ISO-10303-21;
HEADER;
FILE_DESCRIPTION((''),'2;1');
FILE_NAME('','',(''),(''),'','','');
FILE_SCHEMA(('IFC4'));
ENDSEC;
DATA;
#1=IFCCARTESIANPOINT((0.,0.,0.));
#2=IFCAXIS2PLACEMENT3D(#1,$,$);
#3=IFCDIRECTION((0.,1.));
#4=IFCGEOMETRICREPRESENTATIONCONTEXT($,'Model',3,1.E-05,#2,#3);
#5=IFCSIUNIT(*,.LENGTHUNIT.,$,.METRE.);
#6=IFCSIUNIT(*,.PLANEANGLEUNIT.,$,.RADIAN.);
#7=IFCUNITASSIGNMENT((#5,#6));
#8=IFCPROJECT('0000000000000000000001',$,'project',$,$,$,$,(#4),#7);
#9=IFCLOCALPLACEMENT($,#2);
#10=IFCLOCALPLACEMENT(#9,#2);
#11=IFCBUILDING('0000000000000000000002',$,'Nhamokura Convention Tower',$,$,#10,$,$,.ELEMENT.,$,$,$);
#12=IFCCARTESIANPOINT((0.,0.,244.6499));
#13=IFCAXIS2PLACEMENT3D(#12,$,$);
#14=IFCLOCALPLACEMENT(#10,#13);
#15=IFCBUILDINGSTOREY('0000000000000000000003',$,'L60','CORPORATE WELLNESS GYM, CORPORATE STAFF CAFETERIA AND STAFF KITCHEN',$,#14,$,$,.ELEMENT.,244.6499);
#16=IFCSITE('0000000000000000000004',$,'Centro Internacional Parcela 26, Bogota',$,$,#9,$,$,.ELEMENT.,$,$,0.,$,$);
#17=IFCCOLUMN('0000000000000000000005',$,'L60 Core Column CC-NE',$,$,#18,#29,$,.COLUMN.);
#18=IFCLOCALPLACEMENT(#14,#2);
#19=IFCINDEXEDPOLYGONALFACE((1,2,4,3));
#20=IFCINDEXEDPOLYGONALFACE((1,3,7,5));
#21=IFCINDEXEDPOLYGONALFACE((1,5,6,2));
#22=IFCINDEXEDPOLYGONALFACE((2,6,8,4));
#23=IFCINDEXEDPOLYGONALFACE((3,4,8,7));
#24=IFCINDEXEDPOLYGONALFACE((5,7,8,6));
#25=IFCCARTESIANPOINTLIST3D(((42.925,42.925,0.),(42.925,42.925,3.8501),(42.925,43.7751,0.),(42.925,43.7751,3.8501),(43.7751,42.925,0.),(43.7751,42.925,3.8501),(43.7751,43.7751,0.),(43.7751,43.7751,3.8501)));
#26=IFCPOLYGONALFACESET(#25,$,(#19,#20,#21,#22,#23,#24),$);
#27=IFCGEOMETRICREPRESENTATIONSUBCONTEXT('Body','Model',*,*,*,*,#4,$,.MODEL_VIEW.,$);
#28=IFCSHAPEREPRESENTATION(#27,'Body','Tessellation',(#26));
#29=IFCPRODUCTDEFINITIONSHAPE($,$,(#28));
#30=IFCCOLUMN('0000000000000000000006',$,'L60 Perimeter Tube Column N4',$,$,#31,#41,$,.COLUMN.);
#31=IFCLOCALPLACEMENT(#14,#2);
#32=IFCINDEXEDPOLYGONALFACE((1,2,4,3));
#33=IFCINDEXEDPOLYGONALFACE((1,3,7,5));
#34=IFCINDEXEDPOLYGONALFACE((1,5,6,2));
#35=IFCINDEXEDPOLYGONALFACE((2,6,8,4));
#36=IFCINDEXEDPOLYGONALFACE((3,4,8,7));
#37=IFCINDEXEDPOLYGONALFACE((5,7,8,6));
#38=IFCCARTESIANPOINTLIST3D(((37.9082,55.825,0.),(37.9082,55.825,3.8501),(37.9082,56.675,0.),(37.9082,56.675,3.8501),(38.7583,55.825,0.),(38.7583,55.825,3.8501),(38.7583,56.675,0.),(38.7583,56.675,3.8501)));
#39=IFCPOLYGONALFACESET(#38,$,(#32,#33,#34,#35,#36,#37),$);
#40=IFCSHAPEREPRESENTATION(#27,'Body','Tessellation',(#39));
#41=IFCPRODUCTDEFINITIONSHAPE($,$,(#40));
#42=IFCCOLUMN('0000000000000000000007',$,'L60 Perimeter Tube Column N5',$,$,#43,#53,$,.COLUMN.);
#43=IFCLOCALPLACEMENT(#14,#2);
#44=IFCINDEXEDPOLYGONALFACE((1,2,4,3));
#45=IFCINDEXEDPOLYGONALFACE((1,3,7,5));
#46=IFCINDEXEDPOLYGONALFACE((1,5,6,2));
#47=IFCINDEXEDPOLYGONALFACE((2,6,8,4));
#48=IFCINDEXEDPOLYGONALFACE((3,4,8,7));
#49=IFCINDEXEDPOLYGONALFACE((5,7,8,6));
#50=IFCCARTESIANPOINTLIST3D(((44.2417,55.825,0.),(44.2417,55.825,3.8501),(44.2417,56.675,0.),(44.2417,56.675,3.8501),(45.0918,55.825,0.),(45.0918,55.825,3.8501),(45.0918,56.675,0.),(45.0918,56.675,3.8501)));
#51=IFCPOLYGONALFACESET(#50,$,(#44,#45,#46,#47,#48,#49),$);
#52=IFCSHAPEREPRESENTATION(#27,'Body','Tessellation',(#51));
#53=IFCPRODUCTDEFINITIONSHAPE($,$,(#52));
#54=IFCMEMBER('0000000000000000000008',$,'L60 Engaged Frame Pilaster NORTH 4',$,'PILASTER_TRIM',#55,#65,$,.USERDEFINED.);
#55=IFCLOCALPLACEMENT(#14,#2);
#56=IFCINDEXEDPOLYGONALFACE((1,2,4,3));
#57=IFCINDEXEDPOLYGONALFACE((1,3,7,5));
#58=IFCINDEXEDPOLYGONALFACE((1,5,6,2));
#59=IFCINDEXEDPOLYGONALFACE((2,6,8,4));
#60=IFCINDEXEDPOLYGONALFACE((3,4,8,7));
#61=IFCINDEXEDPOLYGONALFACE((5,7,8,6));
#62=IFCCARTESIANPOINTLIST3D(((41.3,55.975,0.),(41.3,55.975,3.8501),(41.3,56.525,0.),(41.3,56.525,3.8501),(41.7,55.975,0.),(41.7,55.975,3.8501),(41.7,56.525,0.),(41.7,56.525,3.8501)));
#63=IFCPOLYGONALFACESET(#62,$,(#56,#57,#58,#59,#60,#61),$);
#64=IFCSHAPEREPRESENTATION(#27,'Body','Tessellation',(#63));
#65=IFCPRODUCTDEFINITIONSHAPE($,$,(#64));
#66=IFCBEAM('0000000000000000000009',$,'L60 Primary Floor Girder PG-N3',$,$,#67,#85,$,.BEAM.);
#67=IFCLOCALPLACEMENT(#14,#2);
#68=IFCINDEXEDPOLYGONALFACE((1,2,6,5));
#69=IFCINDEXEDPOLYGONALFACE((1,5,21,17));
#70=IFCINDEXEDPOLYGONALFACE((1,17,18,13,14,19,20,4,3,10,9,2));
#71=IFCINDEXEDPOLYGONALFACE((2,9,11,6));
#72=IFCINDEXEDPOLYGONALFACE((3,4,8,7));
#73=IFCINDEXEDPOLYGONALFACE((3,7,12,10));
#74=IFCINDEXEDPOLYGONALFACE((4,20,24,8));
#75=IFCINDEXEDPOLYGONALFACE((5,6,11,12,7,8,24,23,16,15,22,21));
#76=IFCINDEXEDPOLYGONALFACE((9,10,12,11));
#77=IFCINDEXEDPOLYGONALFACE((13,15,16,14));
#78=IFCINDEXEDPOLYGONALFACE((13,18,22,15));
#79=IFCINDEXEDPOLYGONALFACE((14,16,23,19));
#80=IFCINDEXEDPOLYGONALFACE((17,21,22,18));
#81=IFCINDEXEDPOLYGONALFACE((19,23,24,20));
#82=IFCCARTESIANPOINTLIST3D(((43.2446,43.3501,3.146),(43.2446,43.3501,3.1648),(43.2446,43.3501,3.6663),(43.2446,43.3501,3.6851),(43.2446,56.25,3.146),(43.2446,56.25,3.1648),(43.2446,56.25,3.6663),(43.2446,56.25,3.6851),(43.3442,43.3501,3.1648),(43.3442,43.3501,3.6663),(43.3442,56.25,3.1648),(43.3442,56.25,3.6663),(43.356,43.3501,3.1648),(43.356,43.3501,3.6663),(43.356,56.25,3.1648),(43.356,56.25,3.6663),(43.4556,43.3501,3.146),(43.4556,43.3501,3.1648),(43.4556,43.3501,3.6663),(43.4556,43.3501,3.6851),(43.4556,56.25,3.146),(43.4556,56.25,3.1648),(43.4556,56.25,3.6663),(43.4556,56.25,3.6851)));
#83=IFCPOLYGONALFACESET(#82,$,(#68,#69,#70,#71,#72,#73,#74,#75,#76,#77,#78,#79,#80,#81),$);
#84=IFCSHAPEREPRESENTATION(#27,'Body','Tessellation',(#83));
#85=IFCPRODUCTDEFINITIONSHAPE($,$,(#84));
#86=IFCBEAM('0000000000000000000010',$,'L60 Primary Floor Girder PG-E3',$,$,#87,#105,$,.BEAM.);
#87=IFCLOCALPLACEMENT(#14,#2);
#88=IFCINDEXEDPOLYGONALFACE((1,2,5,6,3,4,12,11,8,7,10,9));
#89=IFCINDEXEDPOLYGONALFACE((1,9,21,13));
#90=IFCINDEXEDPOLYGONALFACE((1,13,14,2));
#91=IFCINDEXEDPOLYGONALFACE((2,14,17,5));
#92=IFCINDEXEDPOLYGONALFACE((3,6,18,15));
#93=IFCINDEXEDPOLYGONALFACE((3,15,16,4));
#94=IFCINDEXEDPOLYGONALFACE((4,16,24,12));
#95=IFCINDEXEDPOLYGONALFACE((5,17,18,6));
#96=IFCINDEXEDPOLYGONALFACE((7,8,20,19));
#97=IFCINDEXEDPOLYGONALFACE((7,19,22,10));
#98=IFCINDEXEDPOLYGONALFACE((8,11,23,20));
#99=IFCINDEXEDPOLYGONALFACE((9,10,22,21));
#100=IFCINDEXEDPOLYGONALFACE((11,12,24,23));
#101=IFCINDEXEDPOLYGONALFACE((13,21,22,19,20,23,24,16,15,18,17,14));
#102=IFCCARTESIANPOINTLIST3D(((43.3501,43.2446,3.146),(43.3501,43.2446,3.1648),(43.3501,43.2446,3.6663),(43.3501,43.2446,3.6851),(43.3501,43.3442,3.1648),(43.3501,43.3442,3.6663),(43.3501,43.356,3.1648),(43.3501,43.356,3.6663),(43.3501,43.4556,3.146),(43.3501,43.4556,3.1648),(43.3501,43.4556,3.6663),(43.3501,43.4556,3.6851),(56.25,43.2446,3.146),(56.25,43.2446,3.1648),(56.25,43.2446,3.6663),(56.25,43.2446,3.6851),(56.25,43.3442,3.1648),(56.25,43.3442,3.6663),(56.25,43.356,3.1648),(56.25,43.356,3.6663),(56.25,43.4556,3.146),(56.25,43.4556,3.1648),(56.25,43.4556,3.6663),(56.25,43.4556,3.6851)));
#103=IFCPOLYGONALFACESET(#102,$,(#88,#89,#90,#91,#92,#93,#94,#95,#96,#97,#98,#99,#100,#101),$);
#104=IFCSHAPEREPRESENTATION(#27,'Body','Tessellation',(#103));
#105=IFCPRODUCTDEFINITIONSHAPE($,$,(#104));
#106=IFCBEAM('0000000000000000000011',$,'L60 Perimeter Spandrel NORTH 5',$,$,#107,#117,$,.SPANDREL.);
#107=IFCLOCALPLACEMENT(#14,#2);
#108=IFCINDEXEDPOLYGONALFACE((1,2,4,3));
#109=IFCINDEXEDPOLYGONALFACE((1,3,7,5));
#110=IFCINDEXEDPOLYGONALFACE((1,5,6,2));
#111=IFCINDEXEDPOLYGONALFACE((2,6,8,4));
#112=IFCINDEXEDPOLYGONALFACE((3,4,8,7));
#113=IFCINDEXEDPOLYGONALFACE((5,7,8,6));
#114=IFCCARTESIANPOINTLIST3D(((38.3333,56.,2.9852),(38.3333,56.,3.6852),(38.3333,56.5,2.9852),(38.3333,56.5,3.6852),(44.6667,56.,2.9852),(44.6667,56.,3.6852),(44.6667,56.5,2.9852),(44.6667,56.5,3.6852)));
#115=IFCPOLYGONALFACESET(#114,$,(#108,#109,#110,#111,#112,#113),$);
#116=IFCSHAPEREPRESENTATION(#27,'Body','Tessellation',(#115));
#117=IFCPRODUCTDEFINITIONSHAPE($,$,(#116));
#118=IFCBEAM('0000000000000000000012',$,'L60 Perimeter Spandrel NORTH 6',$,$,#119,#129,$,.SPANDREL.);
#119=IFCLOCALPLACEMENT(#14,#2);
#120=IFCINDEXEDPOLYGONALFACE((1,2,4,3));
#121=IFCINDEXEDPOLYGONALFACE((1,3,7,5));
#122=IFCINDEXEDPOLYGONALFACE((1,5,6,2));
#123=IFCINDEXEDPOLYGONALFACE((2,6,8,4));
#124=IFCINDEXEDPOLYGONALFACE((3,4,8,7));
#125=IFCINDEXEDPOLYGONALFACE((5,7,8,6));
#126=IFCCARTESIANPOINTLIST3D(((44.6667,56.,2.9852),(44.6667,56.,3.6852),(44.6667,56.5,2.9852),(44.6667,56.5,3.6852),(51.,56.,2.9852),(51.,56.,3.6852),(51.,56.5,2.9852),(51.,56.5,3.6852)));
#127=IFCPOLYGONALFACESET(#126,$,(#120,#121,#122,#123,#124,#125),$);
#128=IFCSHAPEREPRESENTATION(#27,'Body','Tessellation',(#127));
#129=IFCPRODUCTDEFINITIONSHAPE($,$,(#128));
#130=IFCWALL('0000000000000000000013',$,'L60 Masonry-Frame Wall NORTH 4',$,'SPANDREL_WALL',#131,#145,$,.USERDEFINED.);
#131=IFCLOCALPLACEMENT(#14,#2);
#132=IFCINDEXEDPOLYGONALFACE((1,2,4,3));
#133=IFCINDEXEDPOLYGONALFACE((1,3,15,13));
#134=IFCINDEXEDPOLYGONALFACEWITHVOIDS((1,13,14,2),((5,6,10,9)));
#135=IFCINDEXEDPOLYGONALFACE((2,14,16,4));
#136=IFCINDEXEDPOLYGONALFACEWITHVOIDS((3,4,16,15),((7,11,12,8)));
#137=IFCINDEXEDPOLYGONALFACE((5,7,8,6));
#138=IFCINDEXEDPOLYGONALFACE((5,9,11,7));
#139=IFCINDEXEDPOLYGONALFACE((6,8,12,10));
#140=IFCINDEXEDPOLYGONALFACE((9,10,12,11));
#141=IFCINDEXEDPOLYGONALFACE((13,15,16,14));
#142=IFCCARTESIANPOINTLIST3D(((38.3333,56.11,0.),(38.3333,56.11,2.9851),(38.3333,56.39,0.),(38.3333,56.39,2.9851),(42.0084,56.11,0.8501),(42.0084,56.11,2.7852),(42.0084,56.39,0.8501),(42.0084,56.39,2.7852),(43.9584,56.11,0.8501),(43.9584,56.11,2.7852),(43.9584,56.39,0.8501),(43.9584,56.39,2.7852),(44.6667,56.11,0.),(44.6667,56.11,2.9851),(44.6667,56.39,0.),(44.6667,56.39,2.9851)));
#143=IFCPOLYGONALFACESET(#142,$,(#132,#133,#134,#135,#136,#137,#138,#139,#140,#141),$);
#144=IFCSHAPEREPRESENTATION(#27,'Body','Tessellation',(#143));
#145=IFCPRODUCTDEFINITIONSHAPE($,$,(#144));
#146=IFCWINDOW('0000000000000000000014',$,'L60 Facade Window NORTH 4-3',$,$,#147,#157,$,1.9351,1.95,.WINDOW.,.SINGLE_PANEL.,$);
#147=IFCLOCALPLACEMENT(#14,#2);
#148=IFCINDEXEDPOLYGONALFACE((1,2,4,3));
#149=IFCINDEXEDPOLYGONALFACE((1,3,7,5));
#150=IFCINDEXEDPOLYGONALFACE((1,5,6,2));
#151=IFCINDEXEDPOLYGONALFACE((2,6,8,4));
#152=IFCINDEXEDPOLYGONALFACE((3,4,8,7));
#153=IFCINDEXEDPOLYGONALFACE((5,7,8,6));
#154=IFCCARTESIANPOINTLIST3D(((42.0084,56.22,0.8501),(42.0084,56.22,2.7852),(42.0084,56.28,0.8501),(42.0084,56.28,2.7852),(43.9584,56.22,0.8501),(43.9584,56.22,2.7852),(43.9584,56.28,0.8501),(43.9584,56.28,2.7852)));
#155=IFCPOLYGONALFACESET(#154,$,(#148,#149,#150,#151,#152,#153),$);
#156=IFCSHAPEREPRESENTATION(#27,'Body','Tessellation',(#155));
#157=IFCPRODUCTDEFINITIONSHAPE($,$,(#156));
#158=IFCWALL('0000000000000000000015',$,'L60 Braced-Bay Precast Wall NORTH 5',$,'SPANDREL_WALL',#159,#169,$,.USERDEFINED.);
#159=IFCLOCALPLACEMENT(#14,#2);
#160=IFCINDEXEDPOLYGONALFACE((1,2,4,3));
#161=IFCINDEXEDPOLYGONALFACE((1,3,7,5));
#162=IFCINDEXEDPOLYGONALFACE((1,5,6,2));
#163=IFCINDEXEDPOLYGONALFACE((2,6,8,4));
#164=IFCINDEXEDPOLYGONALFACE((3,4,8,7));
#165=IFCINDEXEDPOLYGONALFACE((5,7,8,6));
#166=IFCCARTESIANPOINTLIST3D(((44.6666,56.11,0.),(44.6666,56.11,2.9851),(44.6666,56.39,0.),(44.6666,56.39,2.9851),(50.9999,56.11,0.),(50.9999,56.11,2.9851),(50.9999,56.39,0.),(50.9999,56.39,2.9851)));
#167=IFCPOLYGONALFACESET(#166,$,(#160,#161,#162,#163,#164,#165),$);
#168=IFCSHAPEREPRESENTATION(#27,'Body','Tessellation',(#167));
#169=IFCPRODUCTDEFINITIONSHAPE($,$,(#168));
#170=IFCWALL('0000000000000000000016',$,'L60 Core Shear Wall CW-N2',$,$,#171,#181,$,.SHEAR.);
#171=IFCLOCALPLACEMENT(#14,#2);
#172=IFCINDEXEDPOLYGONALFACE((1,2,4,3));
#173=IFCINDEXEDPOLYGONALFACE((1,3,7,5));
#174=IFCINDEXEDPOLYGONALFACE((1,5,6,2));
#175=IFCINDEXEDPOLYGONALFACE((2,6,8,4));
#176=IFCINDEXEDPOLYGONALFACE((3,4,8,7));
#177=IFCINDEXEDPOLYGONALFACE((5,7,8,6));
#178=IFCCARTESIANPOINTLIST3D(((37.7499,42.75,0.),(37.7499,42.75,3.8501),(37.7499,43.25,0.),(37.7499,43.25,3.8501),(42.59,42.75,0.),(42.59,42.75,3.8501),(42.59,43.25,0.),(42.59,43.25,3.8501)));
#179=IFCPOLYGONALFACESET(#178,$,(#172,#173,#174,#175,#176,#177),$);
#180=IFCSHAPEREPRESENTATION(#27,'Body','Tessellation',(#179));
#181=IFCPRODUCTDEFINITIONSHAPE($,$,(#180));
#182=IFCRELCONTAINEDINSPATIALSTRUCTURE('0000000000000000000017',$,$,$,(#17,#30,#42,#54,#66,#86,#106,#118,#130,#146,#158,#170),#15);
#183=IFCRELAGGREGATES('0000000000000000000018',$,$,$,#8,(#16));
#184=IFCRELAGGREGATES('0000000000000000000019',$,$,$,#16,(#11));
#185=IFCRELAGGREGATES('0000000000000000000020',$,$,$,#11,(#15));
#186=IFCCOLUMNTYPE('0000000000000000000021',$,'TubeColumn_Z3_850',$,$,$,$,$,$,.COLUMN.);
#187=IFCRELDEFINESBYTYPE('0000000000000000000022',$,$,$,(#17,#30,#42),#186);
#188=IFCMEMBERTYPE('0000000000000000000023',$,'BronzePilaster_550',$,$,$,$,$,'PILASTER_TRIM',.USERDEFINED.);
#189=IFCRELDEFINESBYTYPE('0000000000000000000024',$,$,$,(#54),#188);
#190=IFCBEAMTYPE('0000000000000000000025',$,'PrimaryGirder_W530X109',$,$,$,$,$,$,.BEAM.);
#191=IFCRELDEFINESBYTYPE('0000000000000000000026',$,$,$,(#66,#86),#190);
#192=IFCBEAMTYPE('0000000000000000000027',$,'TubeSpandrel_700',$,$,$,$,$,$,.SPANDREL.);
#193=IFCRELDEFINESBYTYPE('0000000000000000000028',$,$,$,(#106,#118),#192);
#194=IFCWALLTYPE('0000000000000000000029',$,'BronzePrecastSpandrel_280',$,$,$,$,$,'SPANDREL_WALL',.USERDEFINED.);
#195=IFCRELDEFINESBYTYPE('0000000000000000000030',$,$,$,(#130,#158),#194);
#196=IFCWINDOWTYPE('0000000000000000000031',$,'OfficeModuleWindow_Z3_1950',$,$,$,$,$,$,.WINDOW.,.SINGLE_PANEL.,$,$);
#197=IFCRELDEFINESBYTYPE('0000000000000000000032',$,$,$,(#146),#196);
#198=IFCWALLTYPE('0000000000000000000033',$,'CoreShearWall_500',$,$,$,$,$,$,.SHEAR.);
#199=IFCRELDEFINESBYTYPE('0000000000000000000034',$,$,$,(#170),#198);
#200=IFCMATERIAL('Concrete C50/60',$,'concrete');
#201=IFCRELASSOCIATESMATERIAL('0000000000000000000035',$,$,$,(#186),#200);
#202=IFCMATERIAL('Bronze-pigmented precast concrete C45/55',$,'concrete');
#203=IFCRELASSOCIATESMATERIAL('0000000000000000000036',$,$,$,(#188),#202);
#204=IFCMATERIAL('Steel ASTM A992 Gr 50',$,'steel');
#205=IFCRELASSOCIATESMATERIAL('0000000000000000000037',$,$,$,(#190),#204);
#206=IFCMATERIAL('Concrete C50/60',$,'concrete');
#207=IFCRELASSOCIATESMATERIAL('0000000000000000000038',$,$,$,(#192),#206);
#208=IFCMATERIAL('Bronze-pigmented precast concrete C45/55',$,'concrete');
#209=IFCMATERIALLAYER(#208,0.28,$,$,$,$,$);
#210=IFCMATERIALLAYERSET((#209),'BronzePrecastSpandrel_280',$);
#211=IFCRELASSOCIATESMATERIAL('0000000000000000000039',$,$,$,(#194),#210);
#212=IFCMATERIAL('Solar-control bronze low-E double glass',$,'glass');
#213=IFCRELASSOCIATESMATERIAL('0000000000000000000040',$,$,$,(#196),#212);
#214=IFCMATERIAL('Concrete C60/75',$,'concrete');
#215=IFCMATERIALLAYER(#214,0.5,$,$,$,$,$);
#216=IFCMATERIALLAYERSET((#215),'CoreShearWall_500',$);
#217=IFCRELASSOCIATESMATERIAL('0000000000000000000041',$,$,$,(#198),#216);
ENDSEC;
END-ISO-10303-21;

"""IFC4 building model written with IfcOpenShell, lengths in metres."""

from ifc_helpers import new_model, si_unit, direction, frame, frame_2d, origin, origin_2d, place, context, subcontext, project, spatial, rectangle, i_section, extrude, material, layer, layer_set, material_profile, profile_set, type_object, element, fill, save


model = new_model("IFC4")

# Units and contexts
model_context = context("Model", 3, precision=1e-05, world=origin(), true_north=direction((0.0, 1.0)))
body_context = subcontext(model_context, "Body", "Model", "MODEL_VIEW")
ifc_project = project(units=[si_unit("LENGTHUNIT", "METRE"), si_unit("PLANEANGLEUNIT", "RADIAN")], contexts=[model_context])

# Site, building, storey
site_placement = place(None, origin())
site = spatial("IfcSite", under=ifc_project, at=site_placement, Name="Centro Internacional Parcela 26, Bogota", CompositionType="ELEMENT", RefElevation=0.0)
building_placement = place(site_placement, origin())
building = spatial("IfcBuilding", under=site, at=building_placement, Name="Nhamokura Convention Tower", CompositionType="ELEMENT")
storey_placement = place(building_placement, frame((0.0, 0.0, 244.6499)))
storey = spatial("IfcBuildingStorey", under=building, at=storey_placement, Name="L60", Description="CORPORATE WELLNESS GYM, CORPORATE STAFF CAFETERIA AND STAFF KITCHEN", CompositionType="ELEMENT", Elevation=244.6499)

# Columns
ifc_material_1 = material(Name="Concrete C50/60", Category="concrete")
ifc_material_profile_1 = material_profile(ifc_material_1, rectangle(XDim=0.8501, YDim=0.8501, at=origin_2d()))
ifc_profile_set_1 = profile_set([ifc_material_profile_1], Name="Concrete C50/60")
column_type = type_object("IfcColumnType", Name="TubeColumn_Z3_850", PredefinedType="COLUMN", material=ifc_profile_set_1)
for number, where, z_axis, x_axis, name in (
    (1, (43.3501, 43.3501, 0.0), (0.0, 0.0, 1.0), (1.0, 0.0, 0.0), "L60 Core Column CC-NE"),
    (2, (38.3333, 56.25, 0.0), (0.0, 0.0, 1.0), (1.0, 0.0, 0.0), "L60 Perimeter Tube Column N4"),
    (3, (44.6667, 56.25, 0.0), (0.0, 0.0, 1.0), (1.0, 0.0, 0.0), "L60 Perimeter Tube Column N5"),
):
    element("IfcColumn", number, at=place(storey_placement, frame(where, z_axis=z_axis, x_axis=x_axis)), inside=storey, type_object=column_type, Name=name, PredefinedType="COLUMN", context=body_context, shape_type="SweptSolid", body=[
        extrude(rectangle(XDim=0.8501, YDim=0.8501, at=origin_2d()), origin(), (0.0, 0.0, 1.0), 3.8501),
    ])

# Member
ifc_material_2 = material(Name="Bronze-pigmented precast concrete C45/55", Category="concrete")
ifc_material_profile_2 = material_profile(ifc_material_2, rectangle(XDim=0.3999, YDim=0.55, at=origin_2d()))
ifc_profile_set_2 = profile_set([ifc_material_profile_2], Name="Bronze-pigmented precast concrete C45/55")
member_type = type_object("IfcMemberType", Name="BronzePilaster_550", ElementType="PILASTER_TRIM", PredefinedType="USERDEFINED", material=ifc_profile_set_2)
member_placement = place(storey_placement, frame((41.5, 56.25, 0.0), z_axis=(0.0, 0.0, 1.0), x_axis=(1.0, 0.0, 0.0)))
element("IfcMember", 4, at=member_placement, inside=storey, type_object=member_type, Name="L60 Engaged Frame Pilaster NORTH 4", ObjectType="PILASTER_TRIM", PredefinedType="USERDEFINED", context=body_context, shape_type="SweptSolid", body=[
    extrude(rectangle(XDim=0.3999, YDim=0.55, at=origin_2d()), origin(), (0.0, 0.0, 1.0), 3.8501),
])

# Beams
ifc_material_3 = material(Name="Steel ASTM A992 Gr 50", Category="steel")
ifc_material_profile_3 = material_profile(ifc_material_3, i_section(OverallWidth=0.2109, OverallDepth=0.5391, WebThickness=0.0117, FlangeThickness=0.0188, at=origin_2d()))
ifc_profile_set_3 = profile_set([ifc_material_profile_3], Name="Steel ASTM A992 Gr 50")
beam_type_1 = type_object("IfcBeamType", Name="PrimaryGirder_W530X109", PredefinedType="BEAM", material=ifc_profile_set_3)
for number, where, z_axis, x_axis, name in (
    (5, (43.3501, 43.3501, 3.4155), (0.0, 1.0, 0.0), (-1.0, 0.0, 0.0), "L60 Primary Floor Girder PG-N3"),
    (6, (43.3501, 43.3501, 3.4155), (1.0, 0.0, 0.0), (0.0, 1.0, 0.0), "L60 Primary Floor Girder PG-E3"),
):
    element("IfcBeam", number, at=place(storey_placement, frame(where, z_axis=z_axis, x_axis=x_axis)), inside=storey, type_object=beam_type_1, Name=name, PredefinedType="BEAM", context=body_context, shape_type="SweptSolid", body=[
        extrude(i_section(OverallWidth=0.2109, OverallDepth=0.5391, WebThickness=0.0117, FlangeThickness=0.0188, at=origin_2d()), origin(), (0.0, 0.0, 1.0), 12.8999),
    ])
ifc_material_4 = material(Name="Concrete C50/60", Category="concrete")
ifc_material_profile_4 = material_profile(ifc_material_4, rectangle(XDim=0.5, YDim=0.7, at=origin_2d()))
ifc_profile_set_4 = profile_set([ifc_material_profile_4], Name="Concrete C50/60")
beam_type_2 = type_object("IfcBeamType", Name="TubeSpandrel_700", PredefinedType="SPANDREL", material=ifc_profile_set_4)
beam_1_placement = place(storey_placement, frame((38.3333, 56.25, 3.3352), z_axis=(1.0, 0.0, 0.0), x_axis=(0.0, 1.0, 0.0)))
element("IfcBeam", 7, at=beam_1_placement, inside=storey, type_object=beam_type_2, Name="L60 Perimeter Spandrel NORTH 5", PredefinedType="SPANDREL", context=body_context, shape_type="SweptSolid", body=[
    extrude(rectangle(XDim=0.5, YDim=0.7, at=origin_2d()), origin(), (0.0, 0.0, 1.0), 6.3335),
])
beam_2_placement = place(storey_placement, frame((44.6667, 56.25, 3.3352), z_axis=(1.0, 0.0, 0.0), x_axis=(0.0, 1.0, 0.0)))
element("IfcBeam", 8, at=beam_2_placement, inside=storey, type_object=beam_type_2, Name="L60 Perimeter Spandrel NORTH 6", PredefinedType="SPANDREL", context=body_context, shape_type="SweptSolid", body=[
    extrude(rectangle(XDim=0.5, YDim=0.7, at=origin_2d()), origin(), (0.0, 0.0, 1.0), 6.3333),
])

# Wall, opening, window
ifc_material_5 = material(Name="Bronze-pigmented precast concrete C45/55", Category="concrete")
ifc_layer_1 = layer(ifc_material_5, 0.28)
ifc_layer_set_1 = layer_set([ifc_layer_1], Name="BronzePrecastSpandrel_280")
wall_type_1 = type_object("IfcWallType", Name="BronzePrecastSpandrel_280", ElementType="SPANDREL_WALL", PredefinedType="USERDEFINED", material=ifc_layer_set_1)
wall_1_placement = place(storey_placement, frame((38.3333, 56.25, 0.0), z_axis=(0.0, 0.0, 1.0), x_axis=(1.0, 0.0, 0.0)))
wall_1 = element("IfcWall", 9, at=wall_1_placement, inside=storey, type_object=wall_type_1, Name="L60 Masonry-Frame Wall NORTH 4", ObjectType="SPANDREL_WALL", PredefinedType="USERDEFINED", context=body_context, shape_type="SweptSolid", body=[
    extrude(rectangle(XDim=6.3335, YDim=0.28, at=frame_2d((3.1667, 0.0))), origin(), (0.0, 0.0, 1.0), 2.9851),
])
opening_1_placement = place(wall_1_placement, frame((3.675, 0.0, 0.8501)))
opening_1 = element("IfcOpeningElement", 10, at=opening_1_placement, cuts=wall_1, PredefinedType="OPENING", context=body_context, shape_type="SweptSolid", body=[
    extrude(rectangle(XDim=1.95, YDim=1.9351, at=frame_2d((0.9751, 0.9675))), frame((0.0, 0.1499, 0.0), z_axis=(0.0, -1.0, 0.0), x_axis=(1.0, 0.0, 0.0)), (0.0, 0.0, 1.0), 0.3),
])
ifc_material_6 = material(Name="Solar-control bronze low-E double glass", Category="glass")
window_type = type_object("IfcWindowType", Name="OfficeModuleWindow_Z3_1950", PartitioningType="SINGLE_PANEL", PredefinedType="WINDOW", material=ifc_material_6)
window_placement = place(opening_1_placement, origin())
window = element("IfcWindow", 11, at=window_placement, inside=storey, type_object=window_type, Name="L60 Facade Window NORTH 4-3", OverallHeight=1.9351, OverallWidth=1.95, PartitioningType="SINGLE_PANEL", PredefinedType="WINDOW", context=body_context, shape_type="SweptSolid", body=[
    extrude(rectangle(XDim=1.95, YDim=1.9351, at=frame_2d((0.9751, 0.9675))), frame((0.0, 0.03, 0.0), z_axis=(0.0, -1.0, 0.0), x_axis=(1.0, 0.0, 0.0)), (0.0, 0.0, 1.0), 0.0601),
])
fill(opening_1, window)

# Walls
wall_2_placement = place(storey_placement, frame((44.6667, 56.25, 0.0), z_axis=(0.0, 0.0, 1.0), x_axis=(1.0, 0.0, 0.0)))
element("IfcWall", 12, at=wall_2_placement, inside=storey, type_object=wall_type_1, Name="L60 Braced-Bay Precast Wall NORTH 5", ObjectType="SPANDREL_WALL", PredefinedType="USERDEFINED", context=body_context, shape_type="SweptSolid", body=[
    extrude(rectangle(XDim=6.3333, YDim=0.28, at=frame_2d((3.1665, 0.0))), origin(), (0.0, 0.0, 1.0), 2.9851),
])
ifc_material_7 = material(Name="Concrete C60/75", Category="concrete")
ifc_layer_2 = layer(ifc_material_7, 0.5)
ifc_layer_set_2 = layer_set([ifc_layer_2], Name="CoreShearWall_500")
wall_type_2 = type_object("IfcWallType", Name="CoreShearWall_500", PredefinedType="SHEAR", material=ifc_layer_set_2)
wall_3_placement = place(storey_placement, frame((37.75, 43.0, 0.0), z_axis=(0.0, 0.0, 1.0), x_axis=(1.0, 0.0, 0.0)))
element("IfcWall", 13, at=wall_3_placement, inside=storey, type_object=wall_type_2, Name="L60 Core Shear Wall CW-N2", PredefinedType="SHEAR", context=body_context, shape_type="SweptSolid", body=[
    extrude(rectangle(XDim=4.8401, YDim=0.5, at=frame_2d((2.4199, 0.0))), origin(), (0.0, 0.0, 1.0), 3.8501),
])

save(model, "model.ifc")
